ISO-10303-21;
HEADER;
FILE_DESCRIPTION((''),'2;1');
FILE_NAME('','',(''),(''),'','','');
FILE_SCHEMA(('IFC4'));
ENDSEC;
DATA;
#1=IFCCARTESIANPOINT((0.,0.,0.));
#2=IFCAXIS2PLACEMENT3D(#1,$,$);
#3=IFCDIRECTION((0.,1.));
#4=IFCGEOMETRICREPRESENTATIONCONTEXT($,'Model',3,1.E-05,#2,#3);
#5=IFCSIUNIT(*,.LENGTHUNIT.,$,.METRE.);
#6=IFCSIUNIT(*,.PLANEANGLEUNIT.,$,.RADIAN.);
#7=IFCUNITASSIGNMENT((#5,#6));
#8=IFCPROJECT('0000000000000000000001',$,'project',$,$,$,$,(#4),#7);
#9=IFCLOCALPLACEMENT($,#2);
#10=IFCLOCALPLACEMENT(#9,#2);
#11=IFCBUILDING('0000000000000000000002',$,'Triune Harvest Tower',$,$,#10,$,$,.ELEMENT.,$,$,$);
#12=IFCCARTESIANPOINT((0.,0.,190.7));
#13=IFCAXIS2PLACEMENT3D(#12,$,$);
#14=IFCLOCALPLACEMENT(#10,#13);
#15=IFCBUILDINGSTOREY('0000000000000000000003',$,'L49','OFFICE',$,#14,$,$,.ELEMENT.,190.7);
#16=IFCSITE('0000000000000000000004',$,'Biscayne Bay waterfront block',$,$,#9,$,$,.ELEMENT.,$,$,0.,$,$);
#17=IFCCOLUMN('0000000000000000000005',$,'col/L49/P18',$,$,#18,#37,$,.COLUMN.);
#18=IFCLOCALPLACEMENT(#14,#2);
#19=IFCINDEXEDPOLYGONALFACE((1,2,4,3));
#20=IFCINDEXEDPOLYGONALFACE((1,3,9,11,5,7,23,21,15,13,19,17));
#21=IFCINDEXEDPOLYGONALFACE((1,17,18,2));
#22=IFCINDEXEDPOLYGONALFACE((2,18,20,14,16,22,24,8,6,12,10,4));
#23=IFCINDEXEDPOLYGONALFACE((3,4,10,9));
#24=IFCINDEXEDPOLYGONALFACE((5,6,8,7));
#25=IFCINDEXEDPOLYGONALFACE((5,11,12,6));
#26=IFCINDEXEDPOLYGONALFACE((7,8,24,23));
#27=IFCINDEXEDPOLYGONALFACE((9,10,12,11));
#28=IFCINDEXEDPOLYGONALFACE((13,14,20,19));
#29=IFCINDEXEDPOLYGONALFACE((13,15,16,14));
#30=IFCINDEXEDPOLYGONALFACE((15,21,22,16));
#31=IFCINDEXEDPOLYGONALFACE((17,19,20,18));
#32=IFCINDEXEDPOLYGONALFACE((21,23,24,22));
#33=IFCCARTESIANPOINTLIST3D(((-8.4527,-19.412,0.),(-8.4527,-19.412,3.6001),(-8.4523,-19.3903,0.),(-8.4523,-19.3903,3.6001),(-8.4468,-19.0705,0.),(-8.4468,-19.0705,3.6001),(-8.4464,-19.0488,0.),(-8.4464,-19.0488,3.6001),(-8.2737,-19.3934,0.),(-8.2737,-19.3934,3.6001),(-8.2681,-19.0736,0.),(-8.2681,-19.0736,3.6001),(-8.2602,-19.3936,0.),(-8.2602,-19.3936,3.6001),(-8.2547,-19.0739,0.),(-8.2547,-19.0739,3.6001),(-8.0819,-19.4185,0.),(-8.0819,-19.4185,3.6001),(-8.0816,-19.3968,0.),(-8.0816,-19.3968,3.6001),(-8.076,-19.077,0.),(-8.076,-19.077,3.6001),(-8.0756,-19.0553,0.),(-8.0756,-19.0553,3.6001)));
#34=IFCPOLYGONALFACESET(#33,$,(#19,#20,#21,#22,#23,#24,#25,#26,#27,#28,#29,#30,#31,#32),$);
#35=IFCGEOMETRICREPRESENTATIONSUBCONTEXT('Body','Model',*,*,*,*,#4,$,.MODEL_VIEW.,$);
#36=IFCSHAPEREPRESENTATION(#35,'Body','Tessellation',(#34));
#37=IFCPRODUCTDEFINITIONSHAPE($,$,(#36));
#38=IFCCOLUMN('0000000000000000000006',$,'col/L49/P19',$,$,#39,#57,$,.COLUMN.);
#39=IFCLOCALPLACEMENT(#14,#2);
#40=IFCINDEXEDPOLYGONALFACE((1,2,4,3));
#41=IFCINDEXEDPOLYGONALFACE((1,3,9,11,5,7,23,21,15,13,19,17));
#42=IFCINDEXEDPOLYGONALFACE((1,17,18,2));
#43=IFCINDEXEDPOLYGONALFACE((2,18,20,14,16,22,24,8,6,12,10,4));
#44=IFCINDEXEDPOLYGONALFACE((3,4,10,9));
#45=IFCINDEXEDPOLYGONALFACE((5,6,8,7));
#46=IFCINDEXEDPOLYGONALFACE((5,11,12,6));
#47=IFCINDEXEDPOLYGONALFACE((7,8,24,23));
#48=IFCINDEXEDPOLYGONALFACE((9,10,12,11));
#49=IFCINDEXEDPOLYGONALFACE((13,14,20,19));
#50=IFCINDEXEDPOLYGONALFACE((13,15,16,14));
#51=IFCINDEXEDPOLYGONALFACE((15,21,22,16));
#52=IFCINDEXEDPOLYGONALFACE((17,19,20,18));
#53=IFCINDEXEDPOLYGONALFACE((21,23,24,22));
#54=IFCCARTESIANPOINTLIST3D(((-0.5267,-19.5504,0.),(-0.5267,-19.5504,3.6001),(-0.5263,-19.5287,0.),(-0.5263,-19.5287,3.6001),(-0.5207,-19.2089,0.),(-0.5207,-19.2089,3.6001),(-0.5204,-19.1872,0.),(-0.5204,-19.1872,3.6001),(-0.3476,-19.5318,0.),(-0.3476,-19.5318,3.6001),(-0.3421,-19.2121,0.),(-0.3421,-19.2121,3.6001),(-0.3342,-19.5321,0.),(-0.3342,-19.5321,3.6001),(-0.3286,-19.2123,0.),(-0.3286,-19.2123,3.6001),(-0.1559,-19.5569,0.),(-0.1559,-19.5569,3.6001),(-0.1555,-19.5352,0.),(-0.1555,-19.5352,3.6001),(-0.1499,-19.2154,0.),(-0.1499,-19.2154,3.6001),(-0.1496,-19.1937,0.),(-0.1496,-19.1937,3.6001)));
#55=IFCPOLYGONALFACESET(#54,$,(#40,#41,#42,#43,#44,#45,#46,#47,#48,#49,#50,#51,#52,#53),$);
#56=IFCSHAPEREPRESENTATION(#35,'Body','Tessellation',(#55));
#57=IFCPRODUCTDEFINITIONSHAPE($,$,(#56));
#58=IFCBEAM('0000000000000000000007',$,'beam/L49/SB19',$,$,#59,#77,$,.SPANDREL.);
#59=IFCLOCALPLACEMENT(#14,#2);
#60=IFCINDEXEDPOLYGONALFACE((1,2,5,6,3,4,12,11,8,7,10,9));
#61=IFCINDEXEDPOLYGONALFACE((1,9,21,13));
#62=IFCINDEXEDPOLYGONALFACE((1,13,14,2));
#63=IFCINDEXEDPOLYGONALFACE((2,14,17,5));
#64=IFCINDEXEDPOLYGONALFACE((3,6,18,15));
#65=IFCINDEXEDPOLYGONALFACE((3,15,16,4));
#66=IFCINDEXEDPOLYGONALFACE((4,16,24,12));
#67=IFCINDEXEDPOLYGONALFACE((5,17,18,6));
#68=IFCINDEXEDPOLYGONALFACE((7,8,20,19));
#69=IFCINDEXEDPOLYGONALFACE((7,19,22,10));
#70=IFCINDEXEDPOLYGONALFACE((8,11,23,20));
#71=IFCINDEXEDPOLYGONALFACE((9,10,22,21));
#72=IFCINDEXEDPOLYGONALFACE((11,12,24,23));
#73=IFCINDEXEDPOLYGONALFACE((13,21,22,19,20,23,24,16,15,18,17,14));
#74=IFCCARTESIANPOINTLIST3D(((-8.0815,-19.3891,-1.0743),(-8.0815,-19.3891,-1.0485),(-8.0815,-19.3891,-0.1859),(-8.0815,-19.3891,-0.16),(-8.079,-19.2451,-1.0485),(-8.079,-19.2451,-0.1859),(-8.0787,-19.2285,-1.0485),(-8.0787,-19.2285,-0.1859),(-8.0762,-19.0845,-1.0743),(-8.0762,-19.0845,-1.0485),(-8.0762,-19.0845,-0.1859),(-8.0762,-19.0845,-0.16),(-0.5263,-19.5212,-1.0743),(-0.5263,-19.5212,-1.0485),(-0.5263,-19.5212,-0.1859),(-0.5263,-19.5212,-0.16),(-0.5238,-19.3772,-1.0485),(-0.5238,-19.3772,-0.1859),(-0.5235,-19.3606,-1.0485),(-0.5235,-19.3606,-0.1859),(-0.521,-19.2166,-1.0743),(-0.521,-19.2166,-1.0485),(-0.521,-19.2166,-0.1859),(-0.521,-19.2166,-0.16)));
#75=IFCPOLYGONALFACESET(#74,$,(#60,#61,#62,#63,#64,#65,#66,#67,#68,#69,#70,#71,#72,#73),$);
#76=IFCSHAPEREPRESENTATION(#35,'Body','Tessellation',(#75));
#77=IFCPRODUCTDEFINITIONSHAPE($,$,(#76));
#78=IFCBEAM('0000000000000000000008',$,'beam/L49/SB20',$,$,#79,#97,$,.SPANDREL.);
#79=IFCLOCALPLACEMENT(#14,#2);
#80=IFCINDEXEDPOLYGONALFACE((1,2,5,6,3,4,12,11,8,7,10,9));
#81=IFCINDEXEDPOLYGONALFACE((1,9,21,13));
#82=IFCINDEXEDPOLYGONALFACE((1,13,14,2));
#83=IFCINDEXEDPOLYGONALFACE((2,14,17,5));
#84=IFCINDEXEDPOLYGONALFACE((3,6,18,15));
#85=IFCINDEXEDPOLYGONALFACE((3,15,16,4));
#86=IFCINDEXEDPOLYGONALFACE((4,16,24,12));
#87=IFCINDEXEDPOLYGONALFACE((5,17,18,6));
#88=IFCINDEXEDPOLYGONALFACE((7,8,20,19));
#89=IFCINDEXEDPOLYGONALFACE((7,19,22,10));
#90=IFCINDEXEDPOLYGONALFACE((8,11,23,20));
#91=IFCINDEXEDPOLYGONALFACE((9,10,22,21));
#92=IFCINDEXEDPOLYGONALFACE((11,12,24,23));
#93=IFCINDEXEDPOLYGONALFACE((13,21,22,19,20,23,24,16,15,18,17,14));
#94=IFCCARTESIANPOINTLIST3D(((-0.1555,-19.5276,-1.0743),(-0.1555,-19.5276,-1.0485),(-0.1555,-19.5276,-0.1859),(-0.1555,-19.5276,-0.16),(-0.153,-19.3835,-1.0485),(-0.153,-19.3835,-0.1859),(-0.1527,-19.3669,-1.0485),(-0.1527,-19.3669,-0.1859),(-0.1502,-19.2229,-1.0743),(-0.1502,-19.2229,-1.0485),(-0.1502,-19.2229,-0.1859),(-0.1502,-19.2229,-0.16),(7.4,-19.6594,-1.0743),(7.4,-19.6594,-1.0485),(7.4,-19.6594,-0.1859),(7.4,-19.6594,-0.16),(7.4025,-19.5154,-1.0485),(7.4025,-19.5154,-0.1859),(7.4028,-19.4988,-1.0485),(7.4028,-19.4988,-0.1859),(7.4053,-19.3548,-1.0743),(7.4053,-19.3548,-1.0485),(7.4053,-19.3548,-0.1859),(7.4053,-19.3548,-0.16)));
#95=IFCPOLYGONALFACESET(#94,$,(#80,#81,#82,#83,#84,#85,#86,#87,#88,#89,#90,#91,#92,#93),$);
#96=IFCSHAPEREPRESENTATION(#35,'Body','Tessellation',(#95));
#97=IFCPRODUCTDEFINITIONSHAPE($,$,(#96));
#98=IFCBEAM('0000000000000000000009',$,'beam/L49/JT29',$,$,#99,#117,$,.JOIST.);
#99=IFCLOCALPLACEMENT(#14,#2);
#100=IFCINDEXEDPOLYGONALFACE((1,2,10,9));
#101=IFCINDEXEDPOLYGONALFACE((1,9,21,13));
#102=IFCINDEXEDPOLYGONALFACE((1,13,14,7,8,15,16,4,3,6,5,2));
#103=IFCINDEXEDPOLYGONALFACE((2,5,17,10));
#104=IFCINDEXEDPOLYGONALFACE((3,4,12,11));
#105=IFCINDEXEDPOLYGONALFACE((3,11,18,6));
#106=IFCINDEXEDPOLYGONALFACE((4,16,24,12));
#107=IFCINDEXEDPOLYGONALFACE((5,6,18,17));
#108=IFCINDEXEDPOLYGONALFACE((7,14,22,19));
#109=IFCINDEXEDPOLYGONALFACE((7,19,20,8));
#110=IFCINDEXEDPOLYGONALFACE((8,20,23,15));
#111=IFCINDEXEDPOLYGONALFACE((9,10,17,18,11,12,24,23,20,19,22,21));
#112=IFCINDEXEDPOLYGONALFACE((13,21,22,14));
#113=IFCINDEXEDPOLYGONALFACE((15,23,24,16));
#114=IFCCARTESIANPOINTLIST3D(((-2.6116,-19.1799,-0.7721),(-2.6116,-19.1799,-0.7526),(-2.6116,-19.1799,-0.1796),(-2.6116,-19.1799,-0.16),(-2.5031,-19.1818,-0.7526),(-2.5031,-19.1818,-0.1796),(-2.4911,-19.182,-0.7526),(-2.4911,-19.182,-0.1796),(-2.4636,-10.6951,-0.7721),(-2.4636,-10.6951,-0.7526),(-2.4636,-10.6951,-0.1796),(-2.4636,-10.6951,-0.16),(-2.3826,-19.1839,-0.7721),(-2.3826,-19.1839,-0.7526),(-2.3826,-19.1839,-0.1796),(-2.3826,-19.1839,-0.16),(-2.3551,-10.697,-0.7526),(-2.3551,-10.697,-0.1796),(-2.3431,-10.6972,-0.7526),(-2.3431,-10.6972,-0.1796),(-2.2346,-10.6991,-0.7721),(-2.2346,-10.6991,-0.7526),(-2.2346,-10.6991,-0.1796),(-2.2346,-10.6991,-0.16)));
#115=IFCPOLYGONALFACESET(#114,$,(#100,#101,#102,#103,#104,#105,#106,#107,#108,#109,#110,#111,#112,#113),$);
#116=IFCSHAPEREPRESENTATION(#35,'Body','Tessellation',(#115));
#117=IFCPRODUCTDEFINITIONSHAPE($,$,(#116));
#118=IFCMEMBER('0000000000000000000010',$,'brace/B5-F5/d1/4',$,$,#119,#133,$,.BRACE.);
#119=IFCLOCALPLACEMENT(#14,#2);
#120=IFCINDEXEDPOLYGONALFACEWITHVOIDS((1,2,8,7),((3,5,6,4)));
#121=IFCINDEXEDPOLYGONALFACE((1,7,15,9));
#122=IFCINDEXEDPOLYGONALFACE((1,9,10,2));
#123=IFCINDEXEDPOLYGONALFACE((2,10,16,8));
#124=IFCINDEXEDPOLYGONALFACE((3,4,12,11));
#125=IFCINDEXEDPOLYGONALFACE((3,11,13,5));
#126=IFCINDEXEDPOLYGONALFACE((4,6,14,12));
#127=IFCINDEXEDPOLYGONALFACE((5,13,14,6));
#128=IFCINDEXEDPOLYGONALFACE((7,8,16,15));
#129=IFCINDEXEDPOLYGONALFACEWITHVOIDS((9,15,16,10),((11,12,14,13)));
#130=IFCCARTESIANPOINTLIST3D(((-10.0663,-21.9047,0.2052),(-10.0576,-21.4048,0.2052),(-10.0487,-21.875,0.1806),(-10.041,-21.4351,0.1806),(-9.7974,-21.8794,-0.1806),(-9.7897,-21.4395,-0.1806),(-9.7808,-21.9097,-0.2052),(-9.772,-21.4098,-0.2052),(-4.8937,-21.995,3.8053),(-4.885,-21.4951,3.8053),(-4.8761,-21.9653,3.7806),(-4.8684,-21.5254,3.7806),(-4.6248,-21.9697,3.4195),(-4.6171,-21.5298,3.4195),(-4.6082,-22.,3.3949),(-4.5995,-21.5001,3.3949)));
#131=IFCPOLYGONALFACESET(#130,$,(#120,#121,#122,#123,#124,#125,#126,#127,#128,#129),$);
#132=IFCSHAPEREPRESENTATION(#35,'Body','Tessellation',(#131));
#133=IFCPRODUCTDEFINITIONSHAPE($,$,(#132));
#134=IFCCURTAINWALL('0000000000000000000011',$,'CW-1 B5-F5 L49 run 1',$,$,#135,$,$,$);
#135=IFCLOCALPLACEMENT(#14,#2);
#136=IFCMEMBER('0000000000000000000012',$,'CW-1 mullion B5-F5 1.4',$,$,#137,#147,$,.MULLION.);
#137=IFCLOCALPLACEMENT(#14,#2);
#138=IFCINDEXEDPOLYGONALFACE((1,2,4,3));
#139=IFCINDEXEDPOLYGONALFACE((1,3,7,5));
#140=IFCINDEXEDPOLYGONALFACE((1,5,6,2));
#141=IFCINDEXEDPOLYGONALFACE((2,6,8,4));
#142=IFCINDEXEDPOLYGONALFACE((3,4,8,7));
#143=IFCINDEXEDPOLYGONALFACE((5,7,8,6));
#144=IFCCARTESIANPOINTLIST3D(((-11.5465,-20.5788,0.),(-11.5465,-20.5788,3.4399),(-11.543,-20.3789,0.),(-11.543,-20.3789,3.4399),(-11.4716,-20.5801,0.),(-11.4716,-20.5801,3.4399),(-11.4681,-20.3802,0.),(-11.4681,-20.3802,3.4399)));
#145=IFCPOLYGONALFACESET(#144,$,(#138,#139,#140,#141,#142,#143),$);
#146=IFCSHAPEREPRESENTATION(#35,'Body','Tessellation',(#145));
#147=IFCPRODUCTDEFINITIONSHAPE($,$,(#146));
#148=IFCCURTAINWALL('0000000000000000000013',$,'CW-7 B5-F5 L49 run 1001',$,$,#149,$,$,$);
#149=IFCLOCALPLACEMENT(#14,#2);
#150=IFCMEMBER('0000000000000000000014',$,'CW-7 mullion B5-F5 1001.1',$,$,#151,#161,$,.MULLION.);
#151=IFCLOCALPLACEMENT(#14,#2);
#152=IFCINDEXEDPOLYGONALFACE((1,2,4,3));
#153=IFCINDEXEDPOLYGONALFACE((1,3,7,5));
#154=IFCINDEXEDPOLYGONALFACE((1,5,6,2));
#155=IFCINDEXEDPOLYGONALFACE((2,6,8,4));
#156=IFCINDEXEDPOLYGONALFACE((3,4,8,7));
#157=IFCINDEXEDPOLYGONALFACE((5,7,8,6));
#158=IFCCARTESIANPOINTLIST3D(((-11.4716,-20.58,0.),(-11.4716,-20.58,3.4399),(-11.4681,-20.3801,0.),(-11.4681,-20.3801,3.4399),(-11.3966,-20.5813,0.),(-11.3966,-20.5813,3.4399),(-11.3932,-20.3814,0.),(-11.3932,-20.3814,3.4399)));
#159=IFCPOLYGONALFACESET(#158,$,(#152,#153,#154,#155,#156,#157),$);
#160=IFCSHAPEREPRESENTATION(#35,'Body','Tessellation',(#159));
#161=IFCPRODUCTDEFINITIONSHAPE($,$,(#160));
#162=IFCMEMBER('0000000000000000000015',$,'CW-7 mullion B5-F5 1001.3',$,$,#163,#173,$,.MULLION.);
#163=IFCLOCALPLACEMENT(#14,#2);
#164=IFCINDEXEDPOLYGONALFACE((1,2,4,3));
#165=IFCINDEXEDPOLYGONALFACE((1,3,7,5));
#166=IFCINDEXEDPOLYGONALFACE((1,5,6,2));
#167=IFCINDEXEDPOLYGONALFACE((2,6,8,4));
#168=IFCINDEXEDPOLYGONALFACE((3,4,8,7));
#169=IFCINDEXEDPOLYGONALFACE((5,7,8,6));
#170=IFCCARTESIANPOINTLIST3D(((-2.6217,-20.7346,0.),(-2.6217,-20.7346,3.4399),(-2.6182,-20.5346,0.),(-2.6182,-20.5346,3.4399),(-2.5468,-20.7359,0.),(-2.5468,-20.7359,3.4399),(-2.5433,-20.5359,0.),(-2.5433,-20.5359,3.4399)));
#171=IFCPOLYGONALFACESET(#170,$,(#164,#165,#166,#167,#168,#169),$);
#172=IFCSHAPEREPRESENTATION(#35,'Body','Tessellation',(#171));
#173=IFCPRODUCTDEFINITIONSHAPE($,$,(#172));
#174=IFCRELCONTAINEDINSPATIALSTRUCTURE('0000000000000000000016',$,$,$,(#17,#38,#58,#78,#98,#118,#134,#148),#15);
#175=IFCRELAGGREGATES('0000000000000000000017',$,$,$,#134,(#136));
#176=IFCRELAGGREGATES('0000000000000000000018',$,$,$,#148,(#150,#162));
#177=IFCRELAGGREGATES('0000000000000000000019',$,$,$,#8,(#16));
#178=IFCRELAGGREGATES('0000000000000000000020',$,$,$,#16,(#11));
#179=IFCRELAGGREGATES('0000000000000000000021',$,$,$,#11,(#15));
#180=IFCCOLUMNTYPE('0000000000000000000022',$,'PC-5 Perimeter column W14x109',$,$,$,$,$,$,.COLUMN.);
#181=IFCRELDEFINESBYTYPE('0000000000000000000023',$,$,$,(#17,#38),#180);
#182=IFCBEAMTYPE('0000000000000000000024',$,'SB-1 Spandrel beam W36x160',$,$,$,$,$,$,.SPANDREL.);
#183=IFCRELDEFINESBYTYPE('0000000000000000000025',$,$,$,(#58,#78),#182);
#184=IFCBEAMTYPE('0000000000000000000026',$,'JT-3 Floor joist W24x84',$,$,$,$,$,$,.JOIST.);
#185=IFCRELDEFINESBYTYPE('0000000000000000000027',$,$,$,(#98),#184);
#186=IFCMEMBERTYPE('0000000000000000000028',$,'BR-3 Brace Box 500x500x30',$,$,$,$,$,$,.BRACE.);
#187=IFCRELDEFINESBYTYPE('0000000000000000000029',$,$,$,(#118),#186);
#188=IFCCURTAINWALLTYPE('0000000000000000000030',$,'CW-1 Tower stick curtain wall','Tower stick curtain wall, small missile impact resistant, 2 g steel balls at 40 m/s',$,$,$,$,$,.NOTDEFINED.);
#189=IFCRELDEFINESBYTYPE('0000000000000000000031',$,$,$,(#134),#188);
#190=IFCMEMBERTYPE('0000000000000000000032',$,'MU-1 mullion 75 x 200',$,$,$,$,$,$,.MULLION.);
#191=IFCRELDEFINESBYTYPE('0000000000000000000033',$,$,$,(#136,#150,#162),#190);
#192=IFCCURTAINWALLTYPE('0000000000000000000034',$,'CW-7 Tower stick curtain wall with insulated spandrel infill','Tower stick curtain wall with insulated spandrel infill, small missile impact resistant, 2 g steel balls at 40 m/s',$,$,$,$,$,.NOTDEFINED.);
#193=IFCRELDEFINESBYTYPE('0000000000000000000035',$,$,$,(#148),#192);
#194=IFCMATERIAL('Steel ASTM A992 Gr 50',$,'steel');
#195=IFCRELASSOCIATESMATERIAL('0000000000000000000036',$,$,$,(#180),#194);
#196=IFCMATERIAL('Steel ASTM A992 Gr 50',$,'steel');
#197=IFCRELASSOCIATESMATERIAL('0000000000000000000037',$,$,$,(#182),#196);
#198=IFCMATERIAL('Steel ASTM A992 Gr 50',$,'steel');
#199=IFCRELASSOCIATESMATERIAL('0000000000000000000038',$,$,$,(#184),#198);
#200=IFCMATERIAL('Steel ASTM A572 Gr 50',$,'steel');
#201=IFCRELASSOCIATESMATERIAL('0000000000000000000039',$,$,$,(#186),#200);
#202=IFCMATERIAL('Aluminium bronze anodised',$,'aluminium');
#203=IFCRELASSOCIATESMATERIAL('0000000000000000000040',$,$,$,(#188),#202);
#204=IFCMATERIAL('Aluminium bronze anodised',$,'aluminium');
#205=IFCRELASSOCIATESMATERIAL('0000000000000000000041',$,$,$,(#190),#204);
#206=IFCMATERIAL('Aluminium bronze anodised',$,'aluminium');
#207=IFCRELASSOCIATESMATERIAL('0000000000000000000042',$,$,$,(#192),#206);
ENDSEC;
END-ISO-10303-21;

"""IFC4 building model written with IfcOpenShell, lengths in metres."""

from ifc_helpers import new_model, si_unit, direction, frame, origin, origin_2d, place, context, subcontext, project, spatial, rectangle, hollow_rectangle, i_section, extrude, source, transform, mapped, material, material_profile, profile_set, type_object, element, aggregate, save


model = new_model("IFC4")

# Units and contexts
model_context = context("Model", 3, precision=1e-05, world=origin(), true_north=direction((0.0, 1.0)))
body_context = subcontext(model_context, "Body", "Model", "MODEL_VIEW")
ifc_project = project(units=[si_unit("LENGTHUNIT", "METRE"), si_unit("PLANEANGLEUNIT", "RADIAN")], contexts=[model_context])

# Site, building, storey
site_placement = place(None, origin())
site = spatial("IfcSite", under=ifc_project, at=site_placement, Name="Biscayne Bay waterfront block", CompositionType="ELEMENT", RefElevation=0.0)
building_placement = place(site_placement, origin())
building = spatial("IfcBuilding", under=site, at=building_placement, Name="Triune Harvest Tower", CompositionType="ELEMENT")
storey_placement = place(building_placement, frame((0.0, 0.0, 190.7)))
storey = spatial("IfcBuildingStorey", under=building, at=storey_placement, Name="L49", Description="OFFICE", CompositionType="ELEMENT", Elevation=190.7)

# Columns
ifc_material_1 = material(Name="Steel ASTM A992 Gr 50", Category="steel")
ifc_material_profile_1 = material_profile(ifc_material_1, i_section(OverallWidth=0.3708, OverallDepth=0.3633, WebThickness=0.0134, FlangeThickness=0.0217, at=origin_2d()), Name="W14x109")
ifc_profile_set_1 = profile_set([ifc_material_profile_1], Name="Steel ASTM A992 Gr 50")
column_type = type_object("IfcColumnType", Name="PC-5 Perimeter column W14x109", PredefinedType="COLUMN", material=ifc_profile_set_1)
shared_shape_1 = source(origin(), body_context, "Body", "SweptSolid", [
    extrude(i_section(OverallWidth=0.3708, OverallDepth=0.3633, WebThickness=0.0134, FlangeThickness=0.0217, at=origin_2d()), origin(), (0.0, 0.0, 1.0), 3.6001),
])
for number, where, z_axis, x_axis, name in (
    (1, (-8.2642, -19.2336, 0.0), (0.0, 0.0, 1.0), (0.999848, -0.017452, 0.0), "col/L49/P18"),
    (2, (-0.3381, -19.3721, 0.0), (0.0, 0.0, 1.0), (0.999848, -0.017452, 0.0), "col/L49/P19"),
):
    element("IfcColumn", number, at=place(storey_placement, frame(where, z_axis=z_axis, x_axis=x_axis)), inside=storey, type_object=column_type, Name=name, PredefinedType="COLUMN", context=body_context, shape_type="MappedRepresentation", body=[
        mapped(shared_shape_1, transform((0.0, 0.0, 0.0), scale=1.0)),
    ])

# Beams
ifc_material_2 = material(Name="Steel ASTM A992 Gr 50", Category="steel")
ifc_material_profile_2 = material_profile(ifc_material_2, i_section(OverallWidth=0.3047, OverallDepth=0.9143, WebThickness=0.0166, FlangeThickness=0.0259, at=origin_2d()), Name="W36x160")
ifc_profile_set_2 = profile_set([ifc_material_profile_2], Name="Steel ASTM A992 Gr 50")
beam_type_1 = type_object("IfcBeamType", Name="SB-1 Spandrel beam W36x160", PredefinedType="SPANDREL", material=ifc_profile_set_2)
shared_shape_2 = source(origin(), body_context, "Body", "SweptSolid", [
    extrude(i_section(OverallWidth=0.3047, OverallDepth=0.9143, WebThickness=0.0166, FlangeThickness=0.0259, at=origin_2d()), origin(), (0.0, 0.0, 1.0), 7.5564),
])
beam_1_placement = place(storey_placement, frame((-8.0789, -19.2368, -0.6172), z_axis=(0.999847, -0.017479, 0.0), x_axis=(0.017479, 0.999847, 0.0)))
element("IfcBeam", 3, at=beam_1_placement, inside=storey, type_object=beam_type_1, Name="beam/L49/SB19", PredefinedType="SPANDREL", context=body_context, shape_type="MappedRepresentation", body=[
    mapped(shared_shape_2, transform((0.0, 0.0, 0.0), scale=1.0)),
])
shared_shape_3 = source(origin(), body_context, "Body", "SweptSolid", [
    extrude(i_section(OverallWidth=0.3047, OverallDepth=0.9143, WebThickness=0.0166, FlangeThickness=0.0259, at=origin_2d()), origin(), (0.0, 0.0, 1.0), 7.5566),
])
beam_2_placement = place(storey_placement, frame((-0.1528, -19.3752, -0.6172), z_axis=(0.999848, -0.017447, 0.0), x_axis=(0.017447, 0.999848, 0.0)))
element("IfcBeam", 4, at=beam_2_placement, inside=storey, type_object=beam_type_1, Name="beam/L49/SB20", PredefinedType="SPANDREL", context=body_context, shape_type="MappedRepresentation", body=[
    mapped(shared_shape_3, transform((0.0, 0.0, 0.0), scale=1.0)),
])
ifc_material_3 = material(Name="Steel ASTM A992 Gr 50", Category="steel")
ifc_material_profile_3 = material_profile(ifc_material_3, i_section(OverallWidth=0.229, OverallDepth=0.6121, WebThickness=0.012, FlangeThickness=0.0195, at=origin_2d()), Name="W24x84")
ifc_profile_set_3 = profile_set([ifc_material_profile_3], Name="Steel ASTM A992 Gr 50")
beam_type_2 = type_object("IfcBeamType", Name="JT-3 Floor joist W24x84", PredefinedType="JOIST", material=ifc_profile_set_3)
shared_shape_4 = source(origin(), body_context, "Body", "SweptSolid", [
    extrude(i_section(OverallWidth=0.229, OverallDepth=0.6121, WebThickness=0.012, FlangeThickness=0.0195, at=origin_2d()), origin(), (0.0, 0.0, 1.0), 8.4861),
])
beam_3_placement = place(storey_placement, frame((-2.4971, -19.1819, -0.4661), z_axis=(0.017434, 0.999848, 0.0), x_axis=(-0.999848, 0.017434, 0.0)))
element("IfcBeam", 5, at=beam_3_placement, inside=storey, type_object=beam_type_2, Name="beam/L49/JT29", PredefinedType="JOIST", context=body_context, shape_type="MappedRepresentation", body=[
    mapped(shared_shape_4, transform((0.0, 0.0, 0.0), scale=1.0)),
])

# Member
ifc_material_4 = material(Name="Steel ASTM A572 Gr 50", Category="steel")
ifc_material_profile_4 = material_profile(ifc_material_4, hollow_rectangle(XDim=0.5, YDim=0.5, WallThickness=0.03, at=origin_2d()), Name="Box 500x500x30")
ifc_profile_set_4 = profile_set([ifc_material_profile_4], Name="Steel ASTM A572 Gr 50")
member_type_1 = type_object("IfcMemberType", Name="BR-3 Brace Box 500x500x30", PredefinedType="BRACE", material=ifc_profile_set_4)
shared_shape_5 = source(origin(), body_context, "Body", "SweptSolid", [
    extrude(hollow_rectangle(XDim=0.5, YDim=0.5, WallThickness=0.03, at=origin_2d()), origin(), (0.0, 0.0, 1.0), 6.3027),
])
member_1_placement = place(storey_placement, frame((-9.9192, -21.6572, 0.0), z_axis=(0.82069, -0.014332, 0.571194), x_axis=(0.017461, 0.999848, 0.0)))
element("IfcMember", 6, at=member_1_placement, inside=storey, type_object=member_type_1, Name="brace/B5-F5/d1/4", PredefinedType="BRACE", context=body_context, shape_type="MappedRepresentation", body=[
    mapped(shared_shape_5, transform((0.0, 0.0, 0.0), scale=1.0)),
])

# Curtain wall, member
ifc_material_5 = material(Name="Aluminium bronze anodised", Category="aluminium")
curtain_wall_type_1 = type_object("IfcCurtainWallType", Name="CW-1 Tower stick curtain wall", Description="Tower stick curtain wall, small missile impact resistant, 2 g steel balls at 40 m/s", PredefinedType="NOTDEFINED", material=ifc_material_5)
curtain_wall_1_placement = place(storey_placement, origin())
curtain_wall_1 = element("IfcCurtainWall", 7, at=curtain_wall_1_placement, inside=storey, type_object=curtain_wall_type_1, Name="CW-1 B5-F5 L49 run 1")
ifc_material_6 = material(Name="Aluminium bronze anodised", Category="aluminium")
ifc_material_profile_5 = material_profile(ifc_material_6, rectangle(XDim=0.2, YDim=0.075, at=origin_2d()), Name="MU-1 mullion 75 x 200")
ifc_profile_set_5 = profile_set([ifc_material_profile_5], Name="Aluminium bronze anodised")
member_type_2 = type_object("IfcMemberType", Name="MU-1 mullion 75 x 200", PredefinedType="MULLION", material=ifc_profile_set_5)
shared_shape_6 = source(origin(), body_context, "Body", "SweptSolid", [
    extrude(rectangle(XDim=0.2, YDim=0.075, at=origin_2d()), origin(), (0.0, 0.0, 1.0), 3.4399),
])
member_2_placement = place(storey_placement, frame((-11.5073, -20.4795, 0.0), z_axis=(0.0, 0.0, 1.0), x_axis=(0.017455, 0.999848, 0.0)))
member_2 = element("IfcMember", 8, at=member_2_placement, type_object=member_type_2, Name="CW-1 mullion B5-F5 1.4", PredefinedType="MULLION", context=body_context, shape_type="MappedRepresentation", body=[
    mapped(shared_shape_6, transform((0.0, 0.0, 0.0), scale=1.0)),
])

# Curtain wall, members
ifc_material_7 = material(Name="Aluminium bronze anodised", Category="aluminium")
curtain_wall_type_2 = type_object("IfcCurtainWallType", Name="CW-7 Tower stick curtain wall with insulated spandrel infill", Description="Tower stick curtain wall with insulated spandrel infill, small missile impact resistant, 2 g steel balls at 40 m/s", PredefinedType="NOTDEFINED", material=ifc_material_7)
curtain_wall_2_placement = place(storey_placement, origin())
curtain_wall_2 = element("IfcCurtainWall", 9, at=curtain_wall_2_placement, inside=storey, type_object=curtain_wall_type_2, Name="CW-7 B5-F5 L49 run 1001")
member_3_placement = place(storey_placement, frame((-11.4324, -20.4807, 0.0), z_axis=(0.0, 0.0, 1.0), x_axis=(0.017447, 0.999848, 0.0)))
member_3 = element("IfcMember", 10, at=member_3_placement, type_object=member_type_2, Name="CW-7 mullion B5-F5 1001.1", PredefinedType="MULLION", context=body_context, shape_type="MappedRepresentation", body=[
    mapped(shared_shape_6, transform((0.0, 0.0, 0.0), scale=1.0)),
])
member_4_placement = place(storey_placement, frame((-2.5825, -20.6353, 0.0), z_axis=(0.0, 0.0, 1.0), x_axis=(0.017447, 0.999848, 0.0)))
member_4 = element("IfcMember", 11, at=member_4_placement, type_object=member_type_2, Name="CW-7 mullion B5-F5 1001.3", PredefinedType="MULLION", context=body_context, shape_type="MappedRepresentation", body=[
    mapped(shared_shape_6, transform((0.0, 0.0, 0.0), scale=1.0)),
])

aggregate(curtain_wall_1, [member_2])
aggregate(curtain_wall_2, [member_3, member_4])

save(model, "model.ifc")
